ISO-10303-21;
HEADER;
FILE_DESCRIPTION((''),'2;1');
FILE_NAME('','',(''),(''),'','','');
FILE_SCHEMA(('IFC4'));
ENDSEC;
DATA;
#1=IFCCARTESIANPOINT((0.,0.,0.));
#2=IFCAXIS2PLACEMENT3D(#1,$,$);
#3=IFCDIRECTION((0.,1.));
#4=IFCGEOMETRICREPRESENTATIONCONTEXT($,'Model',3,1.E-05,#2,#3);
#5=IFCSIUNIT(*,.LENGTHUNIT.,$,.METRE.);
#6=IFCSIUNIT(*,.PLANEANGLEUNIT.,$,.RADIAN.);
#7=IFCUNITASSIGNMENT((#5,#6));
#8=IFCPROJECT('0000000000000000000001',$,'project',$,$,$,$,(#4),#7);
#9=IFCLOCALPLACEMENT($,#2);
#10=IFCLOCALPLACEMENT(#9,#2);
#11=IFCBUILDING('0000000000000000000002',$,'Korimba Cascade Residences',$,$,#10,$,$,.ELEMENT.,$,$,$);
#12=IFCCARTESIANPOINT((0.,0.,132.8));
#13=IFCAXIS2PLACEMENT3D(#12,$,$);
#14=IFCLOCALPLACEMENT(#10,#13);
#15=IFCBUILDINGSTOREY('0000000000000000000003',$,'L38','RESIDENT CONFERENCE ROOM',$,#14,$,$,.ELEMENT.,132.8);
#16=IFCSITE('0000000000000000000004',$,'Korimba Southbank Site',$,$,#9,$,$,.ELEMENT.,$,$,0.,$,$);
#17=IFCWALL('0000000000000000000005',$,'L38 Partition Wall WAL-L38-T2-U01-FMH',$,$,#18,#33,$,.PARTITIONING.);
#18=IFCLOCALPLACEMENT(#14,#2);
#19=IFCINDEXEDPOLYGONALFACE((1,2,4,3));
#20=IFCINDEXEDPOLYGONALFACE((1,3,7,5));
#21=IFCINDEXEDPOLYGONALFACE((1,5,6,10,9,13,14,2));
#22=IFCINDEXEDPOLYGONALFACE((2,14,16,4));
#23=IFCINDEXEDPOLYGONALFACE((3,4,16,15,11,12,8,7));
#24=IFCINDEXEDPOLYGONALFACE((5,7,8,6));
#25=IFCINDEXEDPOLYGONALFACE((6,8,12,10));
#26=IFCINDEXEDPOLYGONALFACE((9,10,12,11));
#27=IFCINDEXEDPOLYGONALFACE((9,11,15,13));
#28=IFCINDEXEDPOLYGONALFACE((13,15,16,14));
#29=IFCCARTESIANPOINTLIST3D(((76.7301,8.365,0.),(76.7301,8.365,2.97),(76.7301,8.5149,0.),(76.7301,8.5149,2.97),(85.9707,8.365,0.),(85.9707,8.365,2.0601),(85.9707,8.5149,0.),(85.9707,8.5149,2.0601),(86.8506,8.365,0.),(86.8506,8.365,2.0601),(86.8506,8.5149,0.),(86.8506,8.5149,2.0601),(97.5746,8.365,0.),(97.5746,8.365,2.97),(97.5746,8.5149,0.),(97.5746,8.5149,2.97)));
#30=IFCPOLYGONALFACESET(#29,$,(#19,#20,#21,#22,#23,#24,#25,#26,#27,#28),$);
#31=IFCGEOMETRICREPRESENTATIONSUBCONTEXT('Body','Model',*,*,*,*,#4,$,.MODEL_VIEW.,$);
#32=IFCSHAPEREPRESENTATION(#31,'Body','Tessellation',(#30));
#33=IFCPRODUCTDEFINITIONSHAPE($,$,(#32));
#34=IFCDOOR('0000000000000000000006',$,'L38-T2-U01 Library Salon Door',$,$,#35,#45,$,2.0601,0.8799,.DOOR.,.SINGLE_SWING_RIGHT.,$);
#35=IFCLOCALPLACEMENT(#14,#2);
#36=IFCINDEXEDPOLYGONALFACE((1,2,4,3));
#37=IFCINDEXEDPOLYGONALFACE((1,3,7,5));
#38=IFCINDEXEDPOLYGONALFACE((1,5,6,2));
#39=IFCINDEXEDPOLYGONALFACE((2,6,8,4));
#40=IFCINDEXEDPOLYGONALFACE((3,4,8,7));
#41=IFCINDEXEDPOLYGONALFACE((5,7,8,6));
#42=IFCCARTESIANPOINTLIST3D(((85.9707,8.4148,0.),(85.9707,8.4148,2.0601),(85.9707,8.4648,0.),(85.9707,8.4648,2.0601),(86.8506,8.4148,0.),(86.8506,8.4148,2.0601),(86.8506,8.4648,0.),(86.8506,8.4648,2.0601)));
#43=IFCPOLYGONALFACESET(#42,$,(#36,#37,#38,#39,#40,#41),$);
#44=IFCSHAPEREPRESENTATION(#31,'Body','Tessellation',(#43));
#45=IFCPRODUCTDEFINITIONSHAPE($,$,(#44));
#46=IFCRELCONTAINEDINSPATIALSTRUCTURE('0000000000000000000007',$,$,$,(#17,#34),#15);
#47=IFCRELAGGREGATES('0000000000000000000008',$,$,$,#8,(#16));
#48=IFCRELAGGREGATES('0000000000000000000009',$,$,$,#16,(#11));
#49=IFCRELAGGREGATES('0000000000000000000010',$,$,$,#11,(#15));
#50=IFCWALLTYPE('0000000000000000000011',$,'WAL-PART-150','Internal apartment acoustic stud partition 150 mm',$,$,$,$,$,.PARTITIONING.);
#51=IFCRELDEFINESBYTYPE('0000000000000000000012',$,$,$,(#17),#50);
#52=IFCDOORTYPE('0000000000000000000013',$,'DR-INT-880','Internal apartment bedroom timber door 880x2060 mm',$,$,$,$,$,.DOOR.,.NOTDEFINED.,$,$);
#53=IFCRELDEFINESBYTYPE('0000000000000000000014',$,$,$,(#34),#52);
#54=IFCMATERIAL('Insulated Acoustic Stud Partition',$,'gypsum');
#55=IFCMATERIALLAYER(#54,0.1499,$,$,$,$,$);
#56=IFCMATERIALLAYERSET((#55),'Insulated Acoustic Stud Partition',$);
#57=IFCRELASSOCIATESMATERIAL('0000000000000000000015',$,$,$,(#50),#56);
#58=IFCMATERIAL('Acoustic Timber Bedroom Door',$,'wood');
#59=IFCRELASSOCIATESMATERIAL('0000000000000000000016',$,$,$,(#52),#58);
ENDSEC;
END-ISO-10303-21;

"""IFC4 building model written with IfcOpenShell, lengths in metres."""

from ifc_helpers import new_model, si_unit, direction, frame, frame_2d, origin, place, context, subcontext, project, spatial, rectangle, extrude, material, layer, layer_set, type_object, element, fill, save


model = new_model("IFC4")

# Units and contexts
model_context = context("Model", 3, precision=1e-05, world=origin(), true_north=direction((0.0, 1.0)))
body_context = subcontext(model_context, "Body", "Model", "MODEL_VIEW")
ifc_project = project(units=[si_unit("LENGTHUNIT", "METRE"), si_unit("PLANEANGLEUNIT", "RADIAN")], contexts=[model_context])

# Site, building, storey
site_placement = place(None, origin())
site = spatial("IfcSite", under=ifc_project, at=site_placement, Name="Korimba Southbank Site", CompositionType="ELEMENT", RefElevation=0.0)
building_placement = place(site_placement, origin())
building = spatial("IfcBuilding", under=site, at=building_placement, Name="Korimba Cascade Residences", CompositionType="ELEMENT")
storey_placement = place(building_placement, frame((0.0, 0.0, 132.8)))
storey = spatial("IfcBuildingStorey", under=building, at=storey_placement, Name="L38", Description="RESIDENT CONFERENCE ROOM", CompositionType="ELEMENT", Elevation=132.8)

# Shared definitions
ifc_material_1 = material(Name="Insulated Acoustic Stud Partition", Category="gypsum")
ifc_layer_1 = layer(ifc_material_1, 0.1499)
ifc_layer_set_1 = layer_set([ifc_layer_1], Name="Insulated Acoustic Stud Partition")
wall_type_1 = type_object("IfcWallType", Name="WAL-PART-150", Description="Internal apartment acoustic stud partition 150 mm", PredefinedType="PARTITIONING", material=ifc_layer_set_1)
ifc_material_2 = material(Name="Acoustic Timber Bedroom Door", Category="wood")
door_type_1 = type_object("IfcDoorType", Name="DR-INT-880", Description="Internal apartment bedroom timber door 880x2060 mm", OperationType="NOTDEFINED", PredefinedType="DOOR", material=ifc_material_2)

# Wall, opening, door
wall_1_placement = place(storey_placement, frame((76.73, 8.4399, 0.0), z_axis=(0.0, 0.0, 1.0), x_axis=(1.0, 0.0, 0.0)))
wall_1 = element("IfcWall", 1, at=wall_1_placement, inside=storey, type_object=wall_type_1, Name="L38 Partition Wall WAL-L38-T2-U01-FMH", PredefinedType="PARTITIONING", context=body_context, shape_type="SweptSolid", body=[
    extrude(rectangle(XDim=20.8445, YDim=0.1499, at=frame_2d((10.4224, 0.0))), origin(), (0.0, 0.0, 1.0), 2.97),
])
opening_1_placement = place(wall_1_placement, frame((9.2407, 0.0, 0.0)))
opening_1 = element("IfcOpeningElement", 2, at=opening_1_placement, cuts=wall_1, PredefinedType="OPENING", context=body_context, shape_type="SweptSolid", body=[
    extrude(rectangle(XDim=0.8799, YDim=2.0601, at=frame_2d((0.4399, 1.03))), frame((0.0, 0.085, 0.0), z_axis=(0.0, -1.0, 0.0), x_axis=(1.0, 0.0, 0.0)), (0.0, 0.0, 1.0), 0.1699),
])
door_1_placement = place(opening_1_placement, origin())
door_1 = element("IfcDoor", 3, at=door_1_placement, inside=storey, type_object=door_type_1, Name="L38-T2-U01 Library Salon Door", OperationType="SINGLE_SWING_RIGHT", OverallHeight=2.0601, OverallWidth=0.8799, PredefinedType="DOOR", context=body_context, shape_type="SweptSolid", body=[
    extrude(rectangle(XDim=0.8799, YDim=2.0601, at=frame_2d((0.4399, 1.03))), frame((0.0, 0.0249, 0.0), z_axis=(0.0, -1.0, 0.0), x_axis=(1.0, 0.0, 0.0)), (0.0, 0.0, 1.0), 0.05),
])
fill(opening_1, door_1)

save(model, "model.ifc")
